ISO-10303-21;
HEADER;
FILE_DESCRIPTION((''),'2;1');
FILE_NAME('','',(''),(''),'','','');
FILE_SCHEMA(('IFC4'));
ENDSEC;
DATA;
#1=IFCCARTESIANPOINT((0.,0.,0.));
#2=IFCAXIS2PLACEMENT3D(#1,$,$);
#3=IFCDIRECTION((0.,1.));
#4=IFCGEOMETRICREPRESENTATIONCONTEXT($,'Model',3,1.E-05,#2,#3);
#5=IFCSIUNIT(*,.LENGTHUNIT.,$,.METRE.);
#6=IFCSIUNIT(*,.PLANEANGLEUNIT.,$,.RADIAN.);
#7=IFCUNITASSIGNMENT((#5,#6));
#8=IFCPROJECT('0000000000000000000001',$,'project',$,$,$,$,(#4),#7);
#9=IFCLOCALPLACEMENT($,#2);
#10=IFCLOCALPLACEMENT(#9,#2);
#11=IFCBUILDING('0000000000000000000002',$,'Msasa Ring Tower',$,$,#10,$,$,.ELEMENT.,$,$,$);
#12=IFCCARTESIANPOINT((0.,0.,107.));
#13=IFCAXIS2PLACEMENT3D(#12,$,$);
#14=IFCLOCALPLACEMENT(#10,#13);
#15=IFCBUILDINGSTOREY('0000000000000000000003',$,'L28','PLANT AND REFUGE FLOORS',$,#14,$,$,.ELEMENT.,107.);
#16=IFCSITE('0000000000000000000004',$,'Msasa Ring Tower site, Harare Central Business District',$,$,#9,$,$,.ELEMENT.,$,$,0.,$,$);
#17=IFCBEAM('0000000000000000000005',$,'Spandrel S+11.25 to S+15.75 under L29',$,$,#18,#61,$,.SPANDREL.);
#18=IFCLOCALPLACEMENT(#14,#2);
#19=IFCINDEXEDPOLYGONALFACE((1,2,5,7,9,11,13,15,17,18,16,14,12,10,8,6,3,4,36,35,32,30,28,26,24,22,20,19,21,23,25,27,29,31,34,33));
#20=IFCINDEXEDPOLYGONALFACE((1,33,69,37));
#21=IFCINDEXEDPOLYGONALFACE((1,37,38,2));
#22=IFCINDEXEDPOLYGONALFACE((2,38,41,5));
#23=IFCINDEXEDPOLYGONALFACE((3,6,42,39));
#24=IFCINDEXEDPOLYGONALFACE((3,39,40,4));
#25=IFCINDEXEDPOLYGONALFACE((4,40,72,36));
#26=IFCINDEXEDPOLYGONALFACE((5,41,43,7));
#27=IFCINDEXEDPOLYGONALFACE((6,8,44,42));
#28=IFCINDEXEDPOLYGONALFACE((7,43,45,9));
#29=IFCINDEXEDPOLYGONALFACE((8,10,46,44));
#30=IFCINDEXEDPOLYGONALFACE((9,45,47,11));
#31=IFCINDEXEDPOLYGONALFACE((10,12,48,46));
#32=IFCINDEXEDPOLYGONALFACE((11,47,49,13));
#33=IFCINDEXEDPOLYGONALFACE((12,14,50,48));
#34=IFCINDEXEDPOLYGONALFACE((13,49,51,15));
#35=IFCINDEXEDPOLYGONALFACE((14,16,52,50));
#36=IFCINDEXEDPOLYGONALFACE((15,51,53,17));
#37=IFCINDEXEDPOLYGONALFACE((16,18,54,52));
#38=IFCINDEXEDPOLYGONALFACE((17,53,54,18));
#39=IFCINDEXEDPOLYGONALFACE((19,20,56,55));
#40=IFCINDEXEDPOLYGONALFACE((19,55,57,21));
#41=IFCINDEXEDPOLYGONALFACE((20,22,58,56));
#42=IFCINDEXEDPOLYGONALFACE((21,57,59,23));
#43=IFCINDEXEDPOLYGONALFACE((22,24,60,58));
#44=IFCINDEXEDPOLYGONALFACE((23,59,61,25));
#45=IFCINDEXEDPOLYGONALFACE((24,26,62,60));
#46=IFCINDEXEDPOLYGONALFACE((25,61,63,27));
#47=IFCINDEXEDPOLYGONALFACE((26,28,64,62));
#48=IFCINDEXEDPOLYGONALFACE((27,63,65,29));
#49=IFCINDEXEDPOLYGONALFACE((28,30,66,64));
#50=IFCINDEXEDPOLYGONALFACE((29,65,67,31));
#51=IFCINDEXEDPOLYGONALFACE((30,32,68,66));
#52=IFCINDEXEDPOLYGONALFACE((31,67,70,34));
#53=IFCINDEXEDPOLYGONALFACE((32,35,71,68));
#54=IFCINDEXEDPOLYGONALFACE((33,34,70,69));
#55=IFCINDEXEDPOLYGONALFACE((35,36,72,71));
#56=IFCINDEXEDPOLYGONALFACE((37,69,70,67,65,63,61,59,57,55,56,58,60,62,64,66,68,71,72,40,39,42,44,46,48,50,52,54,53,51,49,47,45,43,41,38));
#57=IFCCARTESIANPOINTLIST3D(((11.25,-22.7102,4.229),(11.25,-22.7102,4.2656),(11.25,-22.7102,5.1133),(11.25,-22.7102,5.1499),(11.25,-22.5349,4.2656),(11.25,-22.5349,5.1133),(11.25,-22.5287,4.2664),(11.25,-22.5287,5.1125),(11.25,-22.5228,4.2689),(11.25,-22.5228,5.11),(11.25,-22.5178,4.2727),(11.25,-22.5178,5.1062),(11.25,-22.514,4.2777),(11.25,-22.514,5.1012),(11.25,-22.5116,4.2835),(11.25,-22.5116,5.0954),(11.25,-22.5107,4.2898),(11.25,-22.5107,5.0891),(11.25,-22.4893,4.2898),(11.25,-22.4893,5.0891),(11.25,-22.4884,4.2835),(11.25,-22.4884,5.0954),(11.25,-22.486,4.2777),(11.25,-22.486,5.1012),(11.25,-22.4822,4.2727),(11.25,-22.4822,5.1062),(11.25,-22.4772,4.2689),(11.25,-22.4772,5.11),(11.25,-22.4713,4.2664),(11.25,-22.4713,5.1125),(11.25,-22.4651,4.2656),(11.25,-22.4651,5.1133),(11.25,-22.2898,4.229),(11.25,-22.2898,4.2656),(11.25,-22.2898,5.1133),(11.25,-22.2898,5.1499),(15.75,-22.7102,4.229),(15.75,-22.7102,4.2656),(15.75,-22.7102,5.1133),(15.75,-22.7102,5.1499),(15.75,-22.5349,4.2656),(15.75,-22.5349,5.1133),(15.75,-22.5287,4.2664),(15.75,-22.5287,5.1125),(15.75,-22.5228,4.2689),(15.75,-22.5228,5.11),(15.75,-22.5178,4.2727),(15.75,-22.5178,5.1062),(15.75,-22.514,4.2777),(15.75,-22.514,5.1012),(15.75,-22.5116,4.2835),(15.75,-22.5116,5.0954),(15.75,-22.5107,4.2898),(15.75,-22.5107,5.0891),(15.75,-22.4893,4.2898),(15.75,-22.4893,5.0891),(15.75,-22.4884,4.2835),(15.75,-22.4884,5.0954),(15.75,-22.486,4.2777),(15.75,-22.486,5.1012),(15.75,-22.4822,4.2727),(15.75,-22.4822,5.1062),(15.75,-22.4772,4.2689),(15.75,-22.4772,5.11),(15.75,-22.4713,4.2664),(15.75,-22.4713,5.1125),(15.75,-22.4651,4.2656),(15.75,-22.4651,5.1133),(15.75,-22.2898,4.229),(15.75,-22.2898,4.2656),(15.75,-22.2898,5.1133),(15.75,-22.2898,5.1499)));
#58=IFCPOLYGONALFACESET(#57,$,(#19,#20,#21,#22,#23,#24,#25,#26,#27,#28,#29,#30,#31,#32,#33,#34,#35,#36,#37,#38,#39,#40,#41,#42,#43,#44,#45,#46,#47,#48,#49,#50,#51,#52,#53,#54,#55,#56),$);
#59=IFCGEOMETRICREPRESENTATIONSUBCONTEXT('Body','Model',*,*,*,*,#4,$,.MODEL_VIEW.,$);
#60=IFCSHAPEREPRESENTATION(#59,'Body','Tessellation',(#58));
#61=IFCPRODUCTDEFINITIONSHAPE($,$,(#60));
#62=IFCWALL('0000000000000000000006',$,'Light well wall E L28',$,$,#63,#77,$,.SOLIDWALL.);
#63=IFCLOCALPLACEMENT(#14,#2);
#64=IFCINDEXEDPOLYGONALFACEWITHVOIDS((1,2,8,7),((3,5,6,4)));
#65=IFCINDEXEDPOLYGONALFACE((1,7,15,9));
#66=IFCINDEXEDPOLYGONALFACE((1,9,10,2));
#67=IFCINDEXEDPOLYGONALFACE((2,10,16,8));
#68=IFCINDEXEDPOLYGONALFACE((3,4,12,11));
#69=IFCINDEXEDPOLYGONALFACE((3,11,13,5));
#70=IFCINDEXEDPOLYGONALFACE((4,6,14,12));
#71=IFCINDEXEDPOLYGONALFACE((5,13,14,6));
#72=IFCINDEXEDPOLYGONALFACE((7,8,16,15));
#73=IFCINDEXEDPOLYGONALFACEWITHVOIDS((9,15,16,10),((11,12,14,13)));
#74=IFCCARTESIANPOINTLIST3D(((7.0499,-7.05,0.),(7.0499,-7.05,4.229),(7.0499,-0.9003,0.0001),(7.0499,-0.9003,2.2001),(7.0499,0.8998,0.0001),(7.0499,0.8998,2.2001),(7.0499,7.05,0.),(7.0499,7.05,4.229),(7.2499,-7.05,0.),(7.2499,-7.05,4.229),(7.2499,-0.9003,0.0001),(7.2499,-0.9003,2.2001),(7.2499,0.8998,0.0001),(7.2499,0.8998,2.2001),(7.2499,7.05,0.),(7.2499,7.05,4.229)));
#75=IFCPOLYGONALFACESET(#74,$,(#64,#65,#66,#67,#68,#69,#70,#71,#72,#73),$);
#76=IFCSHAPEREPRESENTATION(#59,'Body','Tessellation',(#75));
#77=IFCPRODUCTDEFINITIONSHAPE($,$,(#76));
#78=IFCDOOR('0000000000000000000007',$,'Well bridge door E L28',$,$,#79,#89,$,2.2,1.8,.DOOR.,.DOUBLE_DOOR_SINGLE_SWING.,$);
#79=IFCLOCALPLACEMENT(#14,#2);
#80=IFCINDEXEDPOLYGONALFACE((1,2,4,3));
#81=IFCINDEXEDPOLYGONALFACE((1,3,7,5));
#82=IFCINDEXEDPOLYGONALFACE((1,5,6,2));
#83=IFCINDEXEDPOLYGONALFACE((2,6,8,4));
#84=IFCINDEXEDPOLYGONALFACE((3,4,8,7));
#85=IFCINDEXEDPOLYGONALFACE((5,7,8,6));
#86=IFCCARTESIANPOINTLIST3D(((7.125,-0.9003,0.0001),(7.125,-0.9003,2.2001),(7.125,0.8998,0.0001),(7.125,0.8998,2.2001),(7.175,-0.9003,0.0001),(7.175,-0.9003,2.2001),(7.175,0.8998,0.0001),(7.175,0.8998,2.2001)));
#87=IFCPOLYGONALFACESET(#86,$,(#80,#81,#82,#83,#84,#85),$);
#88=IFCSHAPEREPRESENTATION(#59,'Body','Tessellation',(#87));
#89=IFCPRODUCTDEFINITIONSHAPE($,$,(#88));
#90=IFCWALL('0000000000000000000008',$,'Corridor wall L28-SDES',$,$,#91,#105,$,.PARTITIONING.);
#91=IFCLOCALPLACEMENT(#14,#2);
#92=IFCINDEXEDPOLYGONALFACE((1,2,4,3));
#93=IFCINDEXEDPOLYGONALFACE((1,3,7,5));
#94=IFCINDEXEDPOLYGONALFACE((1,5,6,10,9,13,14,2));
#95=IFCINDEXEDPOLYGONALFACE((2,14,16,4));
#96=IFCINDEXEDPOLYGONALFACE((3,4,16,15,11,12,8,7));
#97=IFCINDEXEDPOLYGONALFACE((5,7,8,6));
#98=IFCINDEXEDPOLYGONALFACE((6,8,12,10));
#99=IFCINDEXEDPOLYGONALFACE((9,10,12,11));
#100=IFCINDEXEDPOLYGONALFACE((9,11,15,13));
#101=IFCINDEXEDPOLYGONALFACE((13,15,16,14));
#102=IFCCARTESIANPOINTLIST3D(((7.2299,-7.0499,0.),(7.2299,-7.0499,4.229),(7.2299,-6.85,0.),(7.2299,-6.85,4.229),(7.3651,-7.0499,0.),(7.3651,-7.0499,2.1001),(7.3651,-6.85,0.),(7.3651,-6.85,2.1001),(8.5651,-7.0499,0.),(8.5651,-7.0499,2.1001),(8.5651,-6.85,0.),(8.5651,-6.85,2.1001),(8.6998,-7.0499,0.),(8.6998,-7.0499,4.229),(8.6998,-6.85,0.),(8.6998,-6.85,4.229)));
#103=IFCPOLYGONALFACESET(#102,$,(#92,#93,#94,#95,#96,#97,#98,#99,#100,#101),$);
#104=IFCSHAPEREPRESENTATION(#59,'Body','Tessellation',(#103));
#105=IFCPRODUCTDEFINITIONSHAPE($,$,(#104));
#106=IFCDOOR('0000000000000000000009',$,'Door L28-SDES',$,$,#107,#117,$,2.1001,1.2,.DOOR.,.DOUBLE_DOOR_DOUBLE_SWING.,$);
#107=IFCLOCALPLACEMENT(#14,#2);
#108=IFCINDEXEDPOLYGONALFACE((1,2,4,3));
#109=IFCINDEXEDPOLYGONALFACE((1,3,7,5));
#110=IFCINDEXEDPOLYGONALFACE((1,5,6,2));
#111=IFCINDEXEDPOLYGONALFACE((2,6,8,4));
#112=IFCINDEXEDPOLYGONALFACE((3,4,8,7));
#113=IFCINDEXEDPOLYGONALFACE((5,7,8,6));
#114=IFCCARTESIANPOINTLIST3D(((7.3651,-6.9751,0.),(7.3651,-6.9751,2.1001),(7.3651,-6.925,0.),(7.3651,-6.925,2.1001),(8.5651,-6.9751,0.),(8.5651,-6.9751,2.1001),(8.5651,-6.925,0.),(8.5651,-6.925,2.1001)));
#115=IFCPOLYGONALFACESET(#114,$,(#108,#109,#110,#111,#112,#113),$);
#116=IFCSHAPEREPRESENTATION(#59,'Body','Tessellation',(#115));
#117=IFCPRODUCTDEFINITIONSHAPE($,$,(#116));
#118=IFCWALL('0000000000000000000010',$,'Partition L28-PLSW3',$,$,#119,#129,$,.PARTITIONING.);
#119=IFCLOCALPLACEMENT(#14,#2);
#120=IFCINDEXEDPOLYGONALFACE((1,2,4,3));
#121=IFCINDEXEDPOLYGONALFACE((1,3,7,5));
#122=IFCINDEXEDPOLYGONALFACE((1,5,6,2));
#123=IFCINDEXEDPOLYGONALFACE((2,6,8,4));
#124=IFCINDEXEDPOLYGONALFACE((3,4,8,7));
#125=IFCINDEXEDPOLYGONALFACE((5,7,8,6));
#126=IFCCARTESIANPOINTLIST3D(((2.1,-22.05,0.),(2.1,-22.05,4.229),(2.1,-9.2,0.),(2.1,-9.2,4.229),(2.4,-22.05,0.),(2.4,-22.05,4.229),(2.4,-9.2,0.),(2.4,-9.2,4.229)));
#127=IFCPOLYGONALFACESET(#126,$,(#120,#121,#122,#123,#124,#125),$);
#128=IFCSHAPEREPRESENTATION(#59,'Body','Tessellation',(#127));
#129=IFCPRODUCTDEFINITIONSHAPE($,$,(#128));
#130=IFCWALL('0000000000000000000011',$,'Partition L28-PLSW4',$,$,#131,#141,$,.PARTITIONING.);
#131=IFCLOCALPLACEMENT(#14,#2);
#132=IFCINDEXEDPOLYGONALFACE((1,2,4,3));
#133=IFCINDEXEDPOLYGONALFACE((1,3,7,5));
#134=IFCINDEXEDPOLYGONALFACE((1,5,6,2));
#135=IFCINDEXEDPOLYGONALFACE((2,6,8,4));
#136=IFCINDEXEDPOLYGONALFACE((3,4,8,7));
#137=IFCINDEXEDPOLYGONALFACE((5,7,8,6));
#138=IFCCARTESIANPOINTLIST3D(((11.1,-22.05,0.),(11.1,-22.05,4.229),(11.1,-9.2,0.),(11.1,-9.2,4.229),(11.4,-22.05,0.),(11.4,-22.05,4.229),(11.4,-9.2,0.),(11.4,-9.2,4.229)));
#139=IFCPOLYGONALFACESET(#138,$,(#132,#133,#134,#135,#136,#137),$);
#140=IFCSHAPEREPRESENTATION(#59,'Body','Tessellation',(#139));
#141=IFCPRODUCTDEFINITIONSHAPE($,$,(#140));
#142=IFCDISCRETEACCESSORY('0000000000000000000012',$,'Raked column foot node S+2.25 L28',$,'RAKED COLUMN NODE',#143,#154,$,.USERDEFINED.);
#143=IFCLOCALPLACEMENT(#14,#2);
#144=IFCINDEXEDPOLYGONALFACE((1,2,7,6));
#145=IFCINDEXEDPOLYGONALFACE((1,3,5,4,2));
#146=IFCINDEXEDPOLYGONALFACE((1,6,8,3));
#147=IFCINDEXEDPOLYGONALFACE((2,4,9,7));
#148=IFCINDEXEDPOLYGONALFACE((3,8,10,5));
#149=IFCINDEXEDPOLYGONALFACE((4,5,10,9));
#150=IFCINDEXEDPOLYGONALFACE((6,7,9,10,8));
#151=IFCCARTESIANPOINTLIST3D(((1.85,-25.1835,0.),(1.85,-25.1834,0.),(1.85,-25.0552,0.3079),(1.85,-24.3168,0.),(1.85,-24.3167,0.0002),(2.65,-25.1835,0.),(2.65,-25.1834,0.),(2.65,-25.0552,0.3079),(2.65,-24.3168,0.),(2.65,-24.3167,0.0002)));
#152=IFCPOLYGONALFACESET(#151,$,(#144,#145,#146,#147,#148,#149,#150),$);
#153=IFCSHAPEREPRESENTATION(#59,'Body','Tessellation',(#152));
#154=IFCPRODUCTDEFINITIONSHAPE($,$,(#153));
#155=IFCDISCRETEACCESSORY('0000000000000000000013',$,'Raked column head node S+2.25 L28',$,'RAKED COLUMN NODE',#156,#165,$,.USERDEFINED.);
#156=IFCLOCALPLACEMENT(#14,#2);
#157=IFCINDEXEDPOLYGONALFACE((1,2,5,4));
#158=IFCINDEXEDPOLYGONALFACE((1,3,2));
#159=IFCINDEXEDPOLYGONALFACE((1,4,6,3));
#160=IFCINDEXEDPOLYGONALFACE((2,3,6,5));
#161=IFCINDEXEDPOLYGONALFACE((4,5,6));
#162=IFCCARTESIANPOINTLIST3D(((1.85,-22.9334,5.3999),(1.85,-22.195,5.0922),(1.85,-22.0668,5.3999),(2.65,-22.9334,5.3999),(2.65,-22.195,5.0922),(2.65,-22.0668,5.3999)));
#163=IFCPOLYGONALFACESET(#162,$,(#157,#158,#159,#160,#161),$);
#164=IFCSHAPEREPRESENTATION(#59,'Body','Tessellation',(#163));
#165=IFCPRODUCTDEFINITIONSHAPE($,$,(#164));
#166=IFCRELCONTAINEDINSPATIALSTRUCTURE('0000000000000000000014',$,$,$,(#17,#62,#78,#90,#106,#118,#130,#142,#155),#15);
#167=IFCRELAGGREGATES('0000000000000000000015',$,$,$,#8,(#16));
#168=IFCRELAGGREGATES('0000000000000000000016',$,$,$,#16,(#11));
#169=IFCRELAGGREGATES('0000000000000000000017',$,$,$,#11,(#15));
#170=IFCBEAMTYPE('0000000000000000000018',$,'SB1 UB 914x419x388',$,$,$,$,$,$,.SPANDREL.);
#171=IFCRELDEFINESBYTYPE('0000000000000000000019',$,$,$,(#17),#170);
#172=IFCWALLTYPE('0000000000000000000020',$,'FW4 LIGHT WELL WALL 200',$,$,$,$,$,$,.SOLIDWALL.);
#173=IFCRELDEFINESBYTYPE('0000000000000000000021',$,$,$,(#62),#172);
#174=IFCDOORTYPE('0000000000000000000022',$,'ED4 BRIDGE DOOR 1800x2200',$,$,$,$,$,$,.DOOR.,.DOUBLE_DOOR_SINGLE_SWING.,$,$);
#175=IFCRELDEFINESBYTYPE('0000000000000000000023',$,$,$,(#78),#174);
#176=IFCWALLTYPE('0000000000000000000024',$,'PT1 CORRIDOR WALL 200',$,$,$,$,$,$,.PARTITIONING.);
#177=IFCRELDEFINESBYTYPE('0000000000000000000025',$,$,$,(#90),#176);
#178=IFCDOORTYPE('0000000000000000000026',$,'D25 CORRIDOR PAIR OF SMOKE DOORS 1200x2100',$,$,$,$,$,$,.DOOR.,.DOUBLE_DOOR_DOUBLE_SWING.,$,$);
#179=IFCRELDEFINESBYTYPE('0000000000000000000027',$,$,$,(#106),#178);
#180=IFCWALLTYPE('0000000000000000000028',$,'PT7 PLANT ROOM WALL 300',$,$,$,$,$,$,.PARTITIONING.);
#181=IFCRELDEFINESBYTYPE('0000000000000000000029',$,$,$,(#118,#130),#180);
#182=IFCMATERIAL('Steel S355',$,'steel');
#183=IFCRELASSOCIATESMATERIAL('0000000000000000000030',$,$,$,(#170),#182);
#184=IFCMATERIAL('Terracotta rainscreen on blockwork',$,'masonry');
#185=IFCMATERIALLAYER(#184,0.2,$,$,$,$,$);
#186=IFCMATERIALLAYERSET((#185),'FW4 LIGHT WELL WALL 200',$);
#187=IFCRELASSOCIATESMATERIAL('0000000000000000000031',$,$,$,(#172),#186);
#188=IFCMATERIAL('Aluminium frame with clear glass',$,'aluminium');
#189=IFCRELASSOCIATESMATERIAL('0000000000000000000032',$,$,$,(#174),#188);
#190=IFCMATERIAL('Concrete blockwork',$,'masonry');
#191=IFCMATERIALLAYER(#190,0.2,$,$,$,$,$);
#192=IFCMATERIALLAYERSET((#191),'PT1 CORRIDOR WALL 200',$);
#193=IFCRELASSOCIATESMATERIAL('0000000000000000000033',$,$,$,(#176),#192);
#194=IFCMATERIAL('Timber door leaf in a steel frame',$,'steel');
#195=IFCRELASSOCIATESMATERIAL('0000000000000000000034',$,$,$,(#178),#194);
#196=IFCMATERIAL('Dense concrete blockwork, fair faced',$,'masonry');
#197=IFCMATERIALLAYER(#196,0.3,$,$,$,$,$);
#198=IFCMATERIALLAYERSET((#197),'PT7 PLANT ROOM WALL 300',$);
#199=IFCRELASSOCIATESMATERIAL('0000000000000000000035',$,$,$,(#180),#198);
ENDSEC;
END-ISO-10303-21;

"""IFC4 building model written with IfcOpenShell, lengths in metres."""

from ifc_helpers import new_model, si_unit, direction, frame, frame_2d, origin, origin_2d, place, context, subcontext, project, spatial, rectangle, i_section, extrude, clip, halfspace, material, layer, layer_set, material_profile, profile_set, type_object, element, fill, save


model = new_model("IFC4")

# Units and contexts
model_context = context("Model", 3, precision=1e-05, world=origin(), true_north=direction((0.0, 1.0)))
body_context = subcontext(model_context, "Body", "Model", "MODEL_VIEW")
ifc_project = project(units=[si_unit("LENGTHUNIT", "METRE"), si_unit("PLANEANGLEUNIT", "RADIAN")], contexts=[model_context])

# Site, building, storey
site_placement = place(None, origin())
site = spatial("IfcSite", under=ifc_project, at=site_placement, Name="Msasa Ring Tower site, Harare Central Business District", CompositionType="ELEMENT", RefElevation=0.0)
building_placement = place(site_placement, origin())
building = spatial("IfcBuilding", under=site, at=building_placement, Name="Msasa Ring Tower", CompositionType="ELEMENT")
storey_placement = place(building_placement, frame((0.0, 0.0, 107.0)))
storey = spatial("IfcBuildingStorey", under=building, at=storey_placement, Name="L28", Description="PLANT AND REFUGE FLOORS", CompositionType="ELEMENT", Elevation=107.0)

# Beam
ifc_material_1 = material(Name="Steel S355", Category="steel")
ifc_material_profile_1 = material_profile(ifc_material_1, i_section(OverallWidth=0.4204, OverallDepth=0.9209, WebThickness=0.0215, FlangeThickness=0.0366, FilletRadius=0.0242, at=origin_2d()), Name="UB 914x419x388")
ifc_profile_set_1 = profile_set([ifc_material_profile_1], Name="Steel S355")
beam_type_1 = type_object("IfcBeamType", Name="SB1 UB 914x419x388", PredefinedType="SPANDREL", material=ifc_profile_set_1)
for number, where, z_axis, x_axis, name in (
    (1, (11.25, -22.5, 4.6895), (1.0, 0.0, 0.0), (0.0, 1.0, 0.0), "Spandrel S+11.25 to S+15.75 under L29"),
):
    element("IfcBeam", number, at=place(storey_placement, frame(where, z_axis=z_axis, x_axis=x_axis)), inside=storey, type_object=beam_type_1, Name=name, PredefinedType="SPANDREL", context=body_context, shape_type="SweptSolid", body=[
        extrude(i_section(OverallWidth=0.4204, OverallDepth=0.9209, WebThickness=0.0215, FlangeThickness=0.0366, FilletRadius=0.0242, at=origin_2d()), origin(), (0.0, 0.0, 1.0), 4.5),
    ])

# Walls, openings, doors
ifc_material_2 = material(Name="Terracotta rainscreen on blockwork", Category="masonry")
ifc_layer_1 = layer(ifc_material_2, 0.2)
ifc_layer_set_1 = layer_set([ifc_layer_1], Name="FW4 LIGHT WELL WALL 200")
wall_type_1 = type_object("IfcWallType", Name="FW4 LIGHT WELL WALL 200", PredefinedType="SOLIDWALL", material=ifc_layer_set_1)
wall_1_placement = place(storey_placement, frame((7.1499, -7.05, 0.0), z_axis=(0.0, 0.0, 1.0), x_axis=(0.0, 1.0, 0.0)))
wall_1 = element("IfcWall", 2, at=wall_1_placement, inside=storey, type_object=wall_type_1, Name="Light well wall E L28", PredefinedType="SOLIDWALL", context=body_context, shape_type="SweptSolid", body=[
    extrude(rectangle(XDim=14.1001, YDim=0.2, at=frame_2d((7.05, 0.0))), origin(), (0.0, 0.0, 1.0), 4.229),
])
opening_1_placement = place(wall_1_placement, frame((6.1499, 0.0, 0.0)))
opening_1 = element("IfcOpeningElement", 3, at=opening_1_placement, cuts=wall_1, PredefinedType="OPENING", context=body_context, shape_type="SweptSolid", body=[
    extrude(rectangle(XDim=1.8, YDim=2.2, at=frame_2d((0.8999, 1.1001))), frame((0.0, 0.1099, 0.0), z_axis=(0.0, -1.0, 0.0), x_axis=(1.0, 0.0, 0.0)), (0.0, 0.0, 1.0), 0.22),
])
ifc_material_3 = material(Name="Aluminium frame with clear glass", Category="aluminium")
door_type_1 = type_object("IfcDoorType", Name="ED4 BRIDGE DOOR 1800x2200", OperationType="DOUBLE_DOOR_SINGLE_SWING", PredefinedType="DOOR", material=ifc_material_3)
door_1_placement = place(opening_1_placement, origin())
door_1 = element("IfcDoor", 4, at=door_1_placement, inside=storey, type_object=door_type_1, Name="Well bridge door E L28", OperationType="DOUBLE_DOOR_SINGLE_SWING", OverallHeight=2.2, OverallWidth=1.8, PredefinedType="DOOR", context=body_context, shape_type="SweptSolid", body=[
    extrude(rectangle(XDim=1.8, YDim=2.2, at=frame_2d((0.8999, 1.1001))), frame((0.0, 0.0249, 0.0), z_axis=(0.0, -1.0, 0.0), x_axis=(1.0, 0.0, 0.0)), (0.0, 0.0, 1.0), 0.05),
])
fill(opening_1, door_1)
ifc_material_4 = material(Name="Concrete blockwork", Category="masonry")
ifc_layer_2 = layer(ifc_material_4, 0.2)
ifc_layer_set_2 = layer_set([ifc_layer_2], Name="PT1 CORRIDOR WALL 200")
wall_type_2 = type_object("IfcWallType", Name="PT1 CORRIDOR WALL 200", PredefinedType="PARTITIONING", material=ifc_layer_set_2)
wall_2_placement = place(storey_placement, frame((7.23, -6.95, 0.0), z_axis=(0.0, 0.0, 1.0), x_axis=(1.0, 0.0, 0.0)))
wall_2 = element("IfcWall", 5, at=wall_2_placement, inside=storey, type_object=wall_type_2, Name="Corridor wall L28-SDES", PredefinedType="PARTITIONING", context=body_context, shape_type="SweptSolid", body=[
    extrude(rectangle(XDim=1.47, YDim=0.2, at=frame_2d((0.7349, 0.0))), origin(), (0.0, 0.0, 1.0), 4.229),
])
opening_2_placement = place(wall_2_placement, frame((0.135, 0.0, 0.0)))
opening_2 = element("IfcOpeningElement", 6, at=opening_2_placement, cuts=wall_2, PredefinedType="OPENING", context=body_context, shape_type="SweptSolid", body=[
    extrude(rectangle(XDim=1.2, YDim=2.1001, at=frame_2d((0.6001, 1.05))), frame((0.0, 0.1099, 0.0), z_axis=(0.0, -1.0, 0.0), x_axis=(1.0, 0.0, 0.0)), (0.0, 0.0, 1.0), 0.22),
])
ifc_material_5 = material(Name="Timber door leaf in a steel frame", Category="steel")
door_type_2 = type_object("IfcDoorType", Name="D25 CORRIDOR PAIR OF SMOKE DOORS 1200x2100", OperationType="DOUBLE_DOOR_DOUBLE_SWING", PredefinedType="DOOR", material=ifc_material_5)
door_2_placement = place(opening_2_placement, origin())
door_2 = element("IfcDoor", 7, at=door_2_placement, inside=storey, type_object=door_type_2, Name="Door L28-SDES", OperationType="DOUBLE_DOOR_DOUBLE_SWING", OverallHeight=2.1001, OverallWidth=1.2, PredefinedType="DOOR", context=body_context, shape_type="SweptSolid", body=[
    extrude(rectangle(XDim=1.2, YDim=2.1001, at=frame_2d((0.6001, 1.05))), frame((0.0, 0.0249, 0.0), z_axis=(0.0, -1.0, 0.0), x_axis=(1.0, 0.0, 0.0)), (0.0, 0.0, 1.0), 0.05),
])
fill(opening_2, door_2)

# Wall
ifc_material_6 = material(Name="Dense concrete blockwork, fair faced", Category="masonry")
ifc_layer_3 = layer(ifc_material_6, 0.3)
ifc_layer_set_3 = layer_set([ifc_layer_3], Name="PT7 PLANT ROOM WALL 300")
wall_type_3 = type_object("IfcWallType", Name="PT7 PLANT ROOM WALL 300", PredefinedType="PARTITIONING", material=ifc_layer_set_3)
wall_3_placement = place(storey_placement, frame((2.25, -22.05, 0.0), z_axis=(0.0, 0.0, 1.0), x_axis=(0.0, 1.0, 0.0)))
element("IfcWall", 8, at=wall_3_placement, inside=storey, type_object=wall_type_3, Name="Partition L28-PLSW3", PredefinedType="PARTITIONING", context=body_context, shape_type="SweptSolid", body=[
    extrude(rectangle(XDim=12.8501, YDim=0.3, at=frame_2d((6.425, 0.0))), origin(), (0.0, 0.0, 1.0), 4.229),
])

# Wall
wall_4_placement = place(storey_placement, frame((11.25, -22.05, 0.0), z_axis=(0.0, 0.0, 1.0), x_axis=(0.0, 1.0, 0.0)))
element("IfcWall", 9, at=wall_4_placement, inside=storey, type_object=wall_type_3, Name="Partition L28-PLSW4", PredefinedType="PARTITIONING", context=body_context, shape_type="SweptSolid", body=[
    extrude(rectangle(XDim=12.8501, YDim=0.3, at=frame_2d((6.425, 0.0))), origin(), (0.0, 0.0, 1.0), 4.229),
])

# Discrete accessories
discrete_accessory_1_placement = place(storey_placement, frame((2.25, -24.75, 0.0)))
element("IfcDiscreteAccessory", 10, at=discrete_accessory_1_placement, inside=storey, Name="Raked column foot node S+2.25 L28", ObjectType="RAKED COLUMN NODE", PredefinedType="USERDEFINED", context=body_context, shape_type="Clipping", body=[
    clip(extrude(rectangle(XDim=0.8, YDim=0.8, at=origin_2d()), frame((0.0, -0.0642, -0.1538), z_axis=(0.0, 0.384615, 0.923077), x_axis=(0.0, -0.923077, 0.384615)), (0.0, 0.0, 1.0), 0.3335), halfspace(frame((0.0, 0.0, 0.0), z_axis=(0.0, 0.0, 1.0)), True)),
])
discrete_accessory_2_placement = place(storey_placement, frame((2.25, -22.5, 5.3999)))
element("IfcDiscreteAccessory", 11, at=discrete_accessory_2_placement, inside=storey, Name="Raked column head node S+2.25 L28", ObjectType="RAKED COLUMN NODE", PredefinedType="USERDEFINED", context=body_context, shape_type="Clipping", body=[
    clip(extrude(rectangle(XDim=0.8, YDim=0.8, at=origin_2d()), frame((0.0, -0.0642, -0.1538), z_axis=(0.0, 0.384615, 0.923077), x_axis=(0.0, -0.923077, 0.384615)), (0.0, 0.0, 1.0), 0.3335), halfspace(frame((0.0, 0.0, 0.0), z_axis=(0.0, 0.0, -1.0)), True)),
])

save(model, "model.ifc")
